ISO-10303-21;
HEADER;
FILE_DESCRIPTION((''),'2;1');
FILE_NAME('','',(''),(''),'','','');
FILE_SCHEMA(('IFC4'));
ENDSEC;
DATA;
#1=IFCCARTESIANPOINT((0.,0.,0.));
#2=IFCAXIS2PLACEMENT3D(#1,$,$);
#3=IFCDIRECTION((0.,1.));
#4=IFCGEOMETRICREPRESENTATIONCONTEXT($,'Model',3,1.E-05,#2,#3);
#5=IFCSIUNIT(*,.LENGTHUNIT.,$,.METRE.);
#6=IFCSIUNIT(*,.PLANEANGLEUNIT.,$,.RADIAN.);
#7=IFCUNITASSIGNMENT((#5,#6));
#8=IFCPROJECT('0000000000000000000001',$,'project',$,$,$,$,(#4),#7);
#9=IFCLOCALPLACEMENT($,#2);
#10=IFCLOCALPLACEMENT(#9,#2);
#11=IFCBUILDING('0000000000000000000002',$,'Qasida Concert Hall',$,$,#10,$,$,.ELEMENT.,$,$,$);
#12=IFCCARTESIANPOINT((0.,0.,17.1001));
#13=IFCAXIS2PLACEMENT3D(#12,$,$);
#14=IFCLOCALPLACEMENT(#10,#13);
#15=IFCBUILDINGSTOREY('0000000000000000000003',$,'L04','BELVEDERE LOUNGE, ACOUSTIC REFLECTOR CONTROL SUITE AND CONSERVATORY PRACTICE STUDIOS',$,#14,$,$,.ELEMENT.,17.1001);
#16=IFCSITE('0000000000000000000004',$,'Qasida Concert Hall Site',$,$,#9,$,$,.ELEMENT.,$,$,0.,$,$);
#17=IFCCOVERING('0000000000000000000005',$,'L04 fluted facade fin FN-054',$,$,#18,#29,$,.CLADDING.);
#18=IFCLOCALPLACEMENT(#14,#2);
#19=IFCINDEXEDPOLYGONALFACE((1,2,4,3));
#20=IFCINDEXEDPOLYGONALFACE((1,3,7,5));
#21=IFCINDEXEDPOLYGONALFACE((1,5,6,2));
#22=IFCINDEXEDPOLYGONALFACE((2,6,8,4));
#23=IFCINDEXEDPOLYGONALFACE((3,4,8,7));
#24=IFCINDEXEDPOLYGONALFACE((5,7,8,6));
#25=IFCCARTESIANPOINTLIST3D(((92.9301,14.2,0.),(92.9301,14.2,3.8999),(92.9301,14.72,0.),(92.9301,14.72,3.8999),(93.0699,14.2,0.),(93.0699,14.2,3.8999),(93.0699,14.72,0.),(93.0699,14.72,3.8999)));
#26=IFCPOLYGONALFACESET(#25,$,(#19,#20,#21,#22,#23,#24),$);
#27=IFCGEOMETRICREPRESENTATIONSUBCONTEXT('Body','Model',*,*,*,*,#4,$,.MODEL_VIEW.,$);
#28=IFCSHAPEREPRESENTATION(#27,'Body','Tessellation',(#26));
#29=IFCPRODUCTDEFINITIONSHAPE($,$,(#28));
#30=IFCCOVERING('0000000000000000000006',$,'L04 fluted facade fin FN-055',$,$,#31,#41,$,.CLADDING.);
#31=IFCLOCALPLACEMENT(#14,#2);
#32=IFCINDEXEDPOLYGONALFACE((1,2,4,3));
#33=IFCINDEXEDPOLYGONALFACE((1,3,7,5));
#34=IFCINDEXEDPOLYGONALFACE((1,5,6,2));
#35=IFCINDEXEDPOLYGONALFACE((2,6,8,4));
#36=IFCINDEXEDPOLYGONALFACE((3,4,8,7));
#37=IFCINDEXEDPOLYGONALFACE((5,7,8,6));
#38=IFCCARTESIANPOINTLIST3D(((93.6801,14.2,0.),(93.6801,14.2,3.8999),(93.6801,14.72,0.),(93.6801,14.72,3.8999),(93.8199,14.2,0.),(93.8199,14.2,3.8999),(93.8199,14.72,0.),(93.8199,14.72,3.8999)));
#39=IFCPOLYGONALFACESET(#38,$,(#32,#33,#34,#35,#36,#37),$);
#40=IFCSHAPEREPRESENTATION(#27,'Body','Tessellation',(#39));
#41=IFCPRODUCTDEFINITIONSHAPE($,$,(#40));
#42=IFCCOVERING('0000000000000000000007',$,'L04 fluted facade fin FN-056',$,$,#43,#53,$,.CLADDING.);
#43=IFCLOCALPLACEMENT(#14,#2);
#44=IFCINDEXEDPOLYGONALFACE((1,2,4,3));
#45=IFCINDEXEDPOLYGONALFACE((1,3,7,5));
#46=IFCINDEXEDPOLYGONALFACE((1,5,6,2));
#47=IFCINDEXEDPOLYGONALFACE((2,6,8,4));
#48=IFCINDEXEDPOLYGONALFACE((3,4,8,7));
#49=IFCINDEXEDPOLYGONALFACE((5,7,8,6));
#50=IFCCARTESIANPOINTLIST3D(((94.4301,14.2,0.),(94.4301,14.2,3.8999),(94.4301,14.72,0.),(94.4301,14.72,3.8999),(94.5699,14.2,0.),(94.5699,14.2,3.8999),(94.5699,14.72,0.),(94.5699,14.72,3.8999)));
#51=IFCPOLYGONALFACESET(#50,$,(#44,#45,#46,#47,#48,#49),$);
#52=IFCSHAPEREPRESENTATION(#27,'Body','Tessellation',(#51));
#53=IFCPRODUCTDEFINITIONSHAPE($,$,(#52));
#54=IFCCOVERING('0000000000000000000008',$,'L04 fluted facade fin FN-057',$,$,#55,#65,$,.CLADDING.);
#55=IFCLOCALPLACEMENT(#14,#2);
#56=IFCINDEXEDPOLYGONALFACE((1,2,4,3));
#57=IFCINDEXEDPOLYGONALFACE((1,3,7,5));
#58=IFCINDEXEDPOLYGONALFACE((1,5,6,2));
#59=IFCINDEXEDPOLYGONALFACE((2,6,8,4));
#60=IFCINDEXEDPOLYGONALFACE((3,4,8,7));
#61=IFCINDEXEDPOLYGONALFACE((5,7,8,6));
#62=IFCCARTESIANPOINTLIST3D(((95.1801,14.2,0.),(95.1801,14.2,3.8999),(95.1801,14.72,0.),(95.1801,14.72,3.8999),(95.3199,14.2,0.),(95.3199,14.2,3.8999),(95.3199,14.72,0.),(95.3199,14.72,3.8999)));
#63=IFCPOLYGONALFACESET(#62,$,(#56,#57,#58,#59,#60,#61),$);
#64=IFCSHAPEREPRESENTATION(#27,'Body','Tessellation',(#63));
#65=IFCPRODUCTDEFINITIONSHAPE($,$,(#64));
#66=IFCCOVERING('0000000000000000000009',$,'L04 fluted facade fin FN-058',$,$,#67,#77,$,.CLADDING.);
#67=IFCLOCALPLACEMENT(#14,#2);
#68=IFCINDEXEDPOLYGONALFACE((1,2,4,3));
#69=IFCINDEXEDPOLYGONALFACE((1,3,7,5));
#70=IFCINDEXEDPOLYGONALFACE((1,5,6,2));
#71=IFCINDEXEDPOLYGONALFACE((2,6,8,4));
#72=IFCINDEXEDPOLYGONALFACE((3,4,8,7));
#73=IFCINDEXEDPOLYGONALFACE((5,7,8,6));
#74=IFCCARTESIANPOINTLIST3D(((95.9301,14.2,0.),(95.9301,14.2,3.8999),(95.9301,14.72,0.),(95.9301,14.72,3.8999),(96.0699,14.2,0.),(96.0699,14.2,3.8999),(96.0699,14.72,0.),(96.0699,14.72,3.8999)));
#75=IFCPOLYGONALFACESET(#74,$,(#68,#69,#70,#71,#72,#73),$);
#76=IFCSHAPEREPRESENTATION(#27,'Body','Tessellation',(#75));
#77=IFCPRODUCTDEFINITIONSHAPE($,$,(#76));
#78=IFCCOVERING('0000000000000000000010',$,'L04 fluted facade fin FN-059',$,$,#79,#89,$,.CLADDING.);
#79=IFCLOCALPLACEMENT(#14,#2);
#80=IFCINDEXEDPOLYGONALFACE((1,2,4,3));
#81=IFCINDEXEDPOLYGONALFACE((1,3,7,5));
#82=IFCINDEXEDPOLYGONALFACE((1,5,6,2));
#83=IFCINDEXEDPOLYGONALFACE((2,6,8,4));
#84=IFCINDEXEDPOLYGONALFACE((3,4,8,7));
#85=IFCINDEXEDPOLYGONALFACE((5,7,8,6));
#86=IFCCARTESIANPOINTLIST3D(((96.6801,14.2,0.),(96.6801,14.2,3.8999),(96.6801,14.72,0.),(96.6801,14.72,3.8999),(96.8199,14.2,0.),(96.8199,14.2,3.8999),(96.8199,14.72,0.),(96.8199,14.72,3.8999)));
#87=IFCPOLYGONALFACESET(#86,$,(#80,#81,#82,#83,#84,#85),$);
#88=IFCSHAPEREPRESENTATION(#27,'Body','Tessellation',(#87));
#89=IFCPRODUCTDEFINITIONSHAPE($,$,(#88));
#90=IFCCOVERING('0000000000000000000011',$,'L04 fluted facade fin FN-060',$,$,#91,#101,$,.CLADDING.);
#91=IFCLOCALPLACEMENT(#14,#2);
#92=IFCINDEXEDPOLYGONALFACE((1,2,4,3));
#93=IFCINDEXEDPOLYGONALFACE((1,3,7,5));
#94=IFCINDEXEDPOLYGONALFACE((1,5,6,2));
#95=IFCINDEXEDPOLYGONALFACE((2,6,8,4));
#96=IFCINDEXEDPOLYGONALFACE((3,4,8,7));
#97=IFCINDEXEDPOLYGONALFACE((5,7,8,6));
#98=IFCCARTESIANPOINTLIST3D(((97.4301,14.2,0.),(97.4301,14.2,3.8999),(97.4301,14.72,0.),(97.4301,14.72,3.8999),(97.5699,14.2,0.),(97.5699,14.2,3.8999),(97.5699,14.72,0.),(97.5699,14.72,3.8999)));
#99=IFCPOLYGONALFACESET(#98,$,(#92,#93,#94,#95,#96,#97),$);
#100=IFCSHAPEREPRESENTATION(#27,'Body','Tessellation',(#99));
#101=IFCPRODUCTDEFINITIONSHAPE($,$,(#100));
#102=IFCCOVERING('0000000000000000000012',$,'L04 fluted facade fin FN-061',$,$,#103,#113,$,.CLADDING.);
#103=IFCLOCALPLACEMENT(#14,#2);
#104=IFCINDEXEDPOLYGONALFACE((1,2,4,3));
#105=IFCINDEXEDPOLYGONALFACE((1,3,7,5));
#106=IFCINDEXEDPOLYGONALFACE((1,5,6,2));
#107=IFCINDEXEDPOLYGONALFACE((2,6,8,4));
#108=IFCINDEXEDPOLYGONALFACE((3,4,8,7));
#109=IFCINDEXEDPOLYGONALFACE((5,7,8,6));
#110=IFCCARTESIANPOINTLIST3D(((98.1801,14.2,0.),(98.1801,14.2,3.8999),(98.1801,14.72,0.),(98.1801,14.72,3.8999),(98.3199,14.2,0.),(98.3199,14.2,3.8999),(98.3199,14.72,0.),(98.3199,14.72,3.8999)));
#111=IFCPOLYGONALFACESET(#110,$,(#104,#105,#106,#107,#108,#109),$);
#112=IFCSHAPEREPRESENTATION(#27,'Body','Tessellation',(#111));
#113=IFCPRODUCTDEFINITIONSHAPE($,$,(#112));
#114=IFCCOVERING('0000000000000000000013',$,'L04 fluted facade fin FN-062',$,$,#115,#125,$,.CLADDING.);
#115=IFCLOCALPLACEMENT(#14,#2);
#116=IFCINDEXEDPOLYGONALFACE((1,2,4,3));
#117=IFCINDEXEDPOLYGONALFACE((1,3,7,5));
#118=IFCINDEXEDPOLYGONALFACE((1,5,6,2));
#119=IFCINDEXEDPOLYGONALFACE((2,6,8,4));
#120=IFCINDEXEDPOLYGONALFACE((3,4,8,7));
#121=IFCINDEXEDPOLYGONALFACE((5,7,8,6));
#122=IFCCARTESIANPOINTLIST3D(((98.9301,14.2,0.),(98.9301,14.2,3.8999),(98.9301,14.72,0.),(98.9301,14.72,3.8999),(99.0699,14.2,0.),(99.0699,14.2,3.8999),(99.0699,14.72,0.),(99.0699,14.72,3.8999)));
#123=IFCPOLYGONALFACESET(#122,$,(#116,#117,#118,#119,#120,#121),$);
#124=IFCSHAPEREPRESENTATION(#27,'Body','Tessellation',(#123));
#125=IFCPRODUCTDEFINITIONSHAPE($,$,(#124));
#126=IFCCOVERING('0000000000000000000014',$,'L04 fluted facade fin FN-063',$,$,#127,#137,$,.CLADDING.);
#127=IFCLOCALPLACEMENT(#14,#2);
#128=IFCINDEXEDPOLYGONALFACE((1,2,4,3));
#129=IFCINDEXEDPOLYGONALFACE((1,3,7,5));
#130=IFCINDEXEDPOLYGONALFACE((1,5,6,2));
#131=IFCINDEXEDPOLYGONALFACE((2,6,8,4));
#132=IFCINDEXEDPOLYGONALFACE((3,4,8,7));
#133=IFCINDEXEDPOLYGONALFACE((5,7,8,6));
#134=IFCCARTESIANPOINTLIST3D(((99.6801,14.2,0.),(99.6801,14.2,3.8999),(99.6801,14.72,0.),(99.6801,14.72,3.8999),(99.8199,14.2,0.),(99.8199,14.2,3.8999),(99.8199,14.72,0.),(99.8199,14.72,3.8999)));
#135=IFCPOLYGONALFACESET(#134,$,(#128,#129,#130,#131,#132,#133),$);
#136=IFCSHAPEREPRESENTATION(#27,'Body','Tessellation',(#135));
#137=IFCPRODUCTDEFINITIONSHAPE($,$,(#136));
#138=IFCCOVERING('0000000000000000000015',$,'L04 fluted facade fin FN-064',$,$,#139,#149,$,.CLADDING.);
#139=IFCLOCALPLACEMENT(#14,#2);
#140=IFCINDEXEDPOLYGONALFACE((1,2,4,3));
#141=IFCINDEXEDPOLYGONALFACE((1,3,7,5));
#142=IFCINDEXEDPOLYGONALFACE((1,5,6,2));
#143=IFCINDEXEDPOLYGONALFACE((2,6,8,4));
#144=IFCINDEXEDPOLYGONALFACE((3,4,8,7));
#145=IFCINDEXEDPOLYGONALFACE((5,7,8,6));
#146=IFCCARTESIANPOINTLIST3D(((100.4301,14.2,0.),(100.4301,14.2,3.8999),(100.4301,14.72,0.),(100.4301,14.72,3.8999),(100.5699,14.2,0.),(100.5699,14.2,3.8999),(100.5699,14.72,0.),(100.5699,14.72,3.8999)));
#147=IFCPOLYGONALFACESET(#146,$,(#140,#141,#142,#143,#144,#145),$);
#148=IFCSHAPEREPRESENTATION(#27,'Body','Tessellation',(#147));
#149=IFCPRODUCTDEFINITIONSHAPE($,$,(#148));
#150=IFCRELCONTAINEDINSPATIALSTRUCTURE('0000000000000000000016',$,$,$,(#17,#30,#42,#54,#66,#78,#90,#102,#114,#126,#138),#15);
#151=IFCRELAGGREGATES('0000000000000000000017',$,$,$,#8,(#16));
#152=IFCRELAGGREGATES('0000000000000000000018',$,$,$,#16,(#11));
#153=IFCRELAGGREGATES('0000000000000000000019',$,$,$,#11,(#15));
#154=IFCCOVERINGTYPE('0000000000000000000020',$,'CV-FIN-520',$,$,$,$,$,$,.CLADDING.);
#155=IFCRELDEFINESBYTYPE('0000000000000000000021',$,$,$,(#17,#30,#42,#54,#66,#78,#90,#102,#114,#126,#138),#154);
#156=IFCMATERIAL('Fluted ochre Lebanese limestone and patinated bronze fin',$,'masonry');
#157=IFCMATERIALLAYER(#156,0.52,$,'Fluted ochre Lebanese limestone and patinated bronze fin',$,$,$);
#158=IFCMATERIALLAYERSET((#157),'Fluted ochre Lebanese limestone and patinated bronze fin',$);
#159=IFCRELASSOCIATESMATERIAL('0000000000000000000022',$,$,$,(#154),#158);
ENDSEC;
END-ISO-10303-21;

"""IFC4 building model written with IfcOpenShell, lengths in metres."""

from ifc_helpers import new_model, si_unit, direction, frame, origin, origin_2d, place, context, subcontext, project, spatial, rectangle, extrude, material, layer, layer_set, type_object, element, save


model = new_model("IFC4")

# Units and contexts
model_context = context("Model", 3, precision=1e-05, world=origin(), true_north=direction((0.0, 1.0)))
body_context = subcontext(model_context, "Body", "Model", "MODEL_VIEW")
ifc_project = project(units=[si_unit("LENGTHUNIT", "METRE"), si_unit("PLANEANGLEUNIT", "RADIAN")], contexts=[model_context])

# Site, building, storey
site_placement = place(None, origin())
site = spatial("IfcSite", under=ifc_project, at=site_placement, Name="Qasida Concert Hall Site", CompositionType="ELEMENT", RefElevation=0.0)
building_placement = place(site_placement, origin())
building = spatial("IfcBuilding", under=site, at=building_placement, Name="Qasida Concert Hall", CompositionType="ELEMENT")
storey_placement = place(building_placement, frame((0.0, 0.0, 17.1001)))
storey = spatial("IfcBuildingStorey", under=building, at=storey_placement, Name="L04", Description="BELVEDERE LOUNGE, ACOUSTIC REFLECTOR CONTROL SUITE AND CONSERVATORY PRACTICE STUDIOS", CompositionType="ELEMENT", Elevation=17.1001)

# Coverings
ifc_material_1 = material(Name="Fluted ochre Lebanese limestone and patinated bronze fin", Category="masonry")
ifc_layer_1 = layer(ifc_material_1, 0.52, Name="Fluted ochre Lebanese limestone and patinated bronze fin")
ifc_layer_set_1 = layer_set([ifc_layer_1], Name="Fluted ochre Lebanese limestone and patinated bronze fin")
covering_type = type_object("IfcCoveringType", Name="CV-FIN-520", PredefinedType="CLADDING", material=ifc_layer_set_1)
for number, where, z_axis, x_axis, name in (
    (1, (93.0, 14.46, 0.0), (0.0, 0.0, 1.0), (1.0, 0.0, 0.0), "L04 fluted facade fin FN-054"),
    (2, (93.75, 14.46, 0.0), (0.0, 0.0, 1.0), (1.0, 0.0, 0.0), "L04 fluted facade fin FN-055"),
    (3, (94.5, 14.46, 0.0), (0.0, 0.0, 1.0), (1.0, 0.0, 0.0), "L04 fluted facade fin FN-056"),
    (4, (95.25, 14.46, 0.0), (0.0, 0.0, 1.0), (1.0, 0.0, 0.0), "L04 fluted facade fin FN-057"),
    (5, (96.0, 14.46, 0.0), (0.0, 0.0, 1.0), (1.0, 0.0, 0.0), "L04 fluted facade fin FN-058"),
    (6, (96.75, 14.46, 0.0), (0.0, 0.0, 1.0), (1.0, 0.0, 0.0), "L04 fluted facade fin FN-059"),
    (7, (97.5, 14.46, 0.0), (0.0, 0.0, 1.0), (1.0, 0.0, 0.0), "L04 fluted facade fin FN-060"),
    (8, (98.25, 14.46, 0.0), (0.0, 0.0, 1.0), (1.0, 0.0, 0.0), "L04 fluted facade fin FN-061"),
    (9, (99.0, 14.46, 0.0), (0.0, 0.0, 1.0), (1.0, 0.0, 0.0), "L04 fluted facade fin FN-062"),
    (10, (99.75, 14.46, 0.0), (0.0, 0.0, 1.0), (1.0, 0.0, 0.0), "L04 fluted facade fin FN-063"),
    (11, (100.5, 14.46, 0.0), (0.0, 0.0, 1.0), (1.0, 0.0, 0.0), "L04 fluted facade fin FN-064"),
):
    element("IfcCovering", number, at=place(storey_placement, frame(where, z_axis=z_axis, x_axis=x_axis)), inside=storey, type_object=covering_type, Name=name, PredefinedType="CLADDING", context=body_context, shape_type="SweptSolid", body=[
        extrude(rectangle(XDim=0.1399, YDim=0.52, at=origin_2d()), origin(), (0.0, 0.0, 1.0), 3.8999),
    ])

save(model, "model.ifc")
